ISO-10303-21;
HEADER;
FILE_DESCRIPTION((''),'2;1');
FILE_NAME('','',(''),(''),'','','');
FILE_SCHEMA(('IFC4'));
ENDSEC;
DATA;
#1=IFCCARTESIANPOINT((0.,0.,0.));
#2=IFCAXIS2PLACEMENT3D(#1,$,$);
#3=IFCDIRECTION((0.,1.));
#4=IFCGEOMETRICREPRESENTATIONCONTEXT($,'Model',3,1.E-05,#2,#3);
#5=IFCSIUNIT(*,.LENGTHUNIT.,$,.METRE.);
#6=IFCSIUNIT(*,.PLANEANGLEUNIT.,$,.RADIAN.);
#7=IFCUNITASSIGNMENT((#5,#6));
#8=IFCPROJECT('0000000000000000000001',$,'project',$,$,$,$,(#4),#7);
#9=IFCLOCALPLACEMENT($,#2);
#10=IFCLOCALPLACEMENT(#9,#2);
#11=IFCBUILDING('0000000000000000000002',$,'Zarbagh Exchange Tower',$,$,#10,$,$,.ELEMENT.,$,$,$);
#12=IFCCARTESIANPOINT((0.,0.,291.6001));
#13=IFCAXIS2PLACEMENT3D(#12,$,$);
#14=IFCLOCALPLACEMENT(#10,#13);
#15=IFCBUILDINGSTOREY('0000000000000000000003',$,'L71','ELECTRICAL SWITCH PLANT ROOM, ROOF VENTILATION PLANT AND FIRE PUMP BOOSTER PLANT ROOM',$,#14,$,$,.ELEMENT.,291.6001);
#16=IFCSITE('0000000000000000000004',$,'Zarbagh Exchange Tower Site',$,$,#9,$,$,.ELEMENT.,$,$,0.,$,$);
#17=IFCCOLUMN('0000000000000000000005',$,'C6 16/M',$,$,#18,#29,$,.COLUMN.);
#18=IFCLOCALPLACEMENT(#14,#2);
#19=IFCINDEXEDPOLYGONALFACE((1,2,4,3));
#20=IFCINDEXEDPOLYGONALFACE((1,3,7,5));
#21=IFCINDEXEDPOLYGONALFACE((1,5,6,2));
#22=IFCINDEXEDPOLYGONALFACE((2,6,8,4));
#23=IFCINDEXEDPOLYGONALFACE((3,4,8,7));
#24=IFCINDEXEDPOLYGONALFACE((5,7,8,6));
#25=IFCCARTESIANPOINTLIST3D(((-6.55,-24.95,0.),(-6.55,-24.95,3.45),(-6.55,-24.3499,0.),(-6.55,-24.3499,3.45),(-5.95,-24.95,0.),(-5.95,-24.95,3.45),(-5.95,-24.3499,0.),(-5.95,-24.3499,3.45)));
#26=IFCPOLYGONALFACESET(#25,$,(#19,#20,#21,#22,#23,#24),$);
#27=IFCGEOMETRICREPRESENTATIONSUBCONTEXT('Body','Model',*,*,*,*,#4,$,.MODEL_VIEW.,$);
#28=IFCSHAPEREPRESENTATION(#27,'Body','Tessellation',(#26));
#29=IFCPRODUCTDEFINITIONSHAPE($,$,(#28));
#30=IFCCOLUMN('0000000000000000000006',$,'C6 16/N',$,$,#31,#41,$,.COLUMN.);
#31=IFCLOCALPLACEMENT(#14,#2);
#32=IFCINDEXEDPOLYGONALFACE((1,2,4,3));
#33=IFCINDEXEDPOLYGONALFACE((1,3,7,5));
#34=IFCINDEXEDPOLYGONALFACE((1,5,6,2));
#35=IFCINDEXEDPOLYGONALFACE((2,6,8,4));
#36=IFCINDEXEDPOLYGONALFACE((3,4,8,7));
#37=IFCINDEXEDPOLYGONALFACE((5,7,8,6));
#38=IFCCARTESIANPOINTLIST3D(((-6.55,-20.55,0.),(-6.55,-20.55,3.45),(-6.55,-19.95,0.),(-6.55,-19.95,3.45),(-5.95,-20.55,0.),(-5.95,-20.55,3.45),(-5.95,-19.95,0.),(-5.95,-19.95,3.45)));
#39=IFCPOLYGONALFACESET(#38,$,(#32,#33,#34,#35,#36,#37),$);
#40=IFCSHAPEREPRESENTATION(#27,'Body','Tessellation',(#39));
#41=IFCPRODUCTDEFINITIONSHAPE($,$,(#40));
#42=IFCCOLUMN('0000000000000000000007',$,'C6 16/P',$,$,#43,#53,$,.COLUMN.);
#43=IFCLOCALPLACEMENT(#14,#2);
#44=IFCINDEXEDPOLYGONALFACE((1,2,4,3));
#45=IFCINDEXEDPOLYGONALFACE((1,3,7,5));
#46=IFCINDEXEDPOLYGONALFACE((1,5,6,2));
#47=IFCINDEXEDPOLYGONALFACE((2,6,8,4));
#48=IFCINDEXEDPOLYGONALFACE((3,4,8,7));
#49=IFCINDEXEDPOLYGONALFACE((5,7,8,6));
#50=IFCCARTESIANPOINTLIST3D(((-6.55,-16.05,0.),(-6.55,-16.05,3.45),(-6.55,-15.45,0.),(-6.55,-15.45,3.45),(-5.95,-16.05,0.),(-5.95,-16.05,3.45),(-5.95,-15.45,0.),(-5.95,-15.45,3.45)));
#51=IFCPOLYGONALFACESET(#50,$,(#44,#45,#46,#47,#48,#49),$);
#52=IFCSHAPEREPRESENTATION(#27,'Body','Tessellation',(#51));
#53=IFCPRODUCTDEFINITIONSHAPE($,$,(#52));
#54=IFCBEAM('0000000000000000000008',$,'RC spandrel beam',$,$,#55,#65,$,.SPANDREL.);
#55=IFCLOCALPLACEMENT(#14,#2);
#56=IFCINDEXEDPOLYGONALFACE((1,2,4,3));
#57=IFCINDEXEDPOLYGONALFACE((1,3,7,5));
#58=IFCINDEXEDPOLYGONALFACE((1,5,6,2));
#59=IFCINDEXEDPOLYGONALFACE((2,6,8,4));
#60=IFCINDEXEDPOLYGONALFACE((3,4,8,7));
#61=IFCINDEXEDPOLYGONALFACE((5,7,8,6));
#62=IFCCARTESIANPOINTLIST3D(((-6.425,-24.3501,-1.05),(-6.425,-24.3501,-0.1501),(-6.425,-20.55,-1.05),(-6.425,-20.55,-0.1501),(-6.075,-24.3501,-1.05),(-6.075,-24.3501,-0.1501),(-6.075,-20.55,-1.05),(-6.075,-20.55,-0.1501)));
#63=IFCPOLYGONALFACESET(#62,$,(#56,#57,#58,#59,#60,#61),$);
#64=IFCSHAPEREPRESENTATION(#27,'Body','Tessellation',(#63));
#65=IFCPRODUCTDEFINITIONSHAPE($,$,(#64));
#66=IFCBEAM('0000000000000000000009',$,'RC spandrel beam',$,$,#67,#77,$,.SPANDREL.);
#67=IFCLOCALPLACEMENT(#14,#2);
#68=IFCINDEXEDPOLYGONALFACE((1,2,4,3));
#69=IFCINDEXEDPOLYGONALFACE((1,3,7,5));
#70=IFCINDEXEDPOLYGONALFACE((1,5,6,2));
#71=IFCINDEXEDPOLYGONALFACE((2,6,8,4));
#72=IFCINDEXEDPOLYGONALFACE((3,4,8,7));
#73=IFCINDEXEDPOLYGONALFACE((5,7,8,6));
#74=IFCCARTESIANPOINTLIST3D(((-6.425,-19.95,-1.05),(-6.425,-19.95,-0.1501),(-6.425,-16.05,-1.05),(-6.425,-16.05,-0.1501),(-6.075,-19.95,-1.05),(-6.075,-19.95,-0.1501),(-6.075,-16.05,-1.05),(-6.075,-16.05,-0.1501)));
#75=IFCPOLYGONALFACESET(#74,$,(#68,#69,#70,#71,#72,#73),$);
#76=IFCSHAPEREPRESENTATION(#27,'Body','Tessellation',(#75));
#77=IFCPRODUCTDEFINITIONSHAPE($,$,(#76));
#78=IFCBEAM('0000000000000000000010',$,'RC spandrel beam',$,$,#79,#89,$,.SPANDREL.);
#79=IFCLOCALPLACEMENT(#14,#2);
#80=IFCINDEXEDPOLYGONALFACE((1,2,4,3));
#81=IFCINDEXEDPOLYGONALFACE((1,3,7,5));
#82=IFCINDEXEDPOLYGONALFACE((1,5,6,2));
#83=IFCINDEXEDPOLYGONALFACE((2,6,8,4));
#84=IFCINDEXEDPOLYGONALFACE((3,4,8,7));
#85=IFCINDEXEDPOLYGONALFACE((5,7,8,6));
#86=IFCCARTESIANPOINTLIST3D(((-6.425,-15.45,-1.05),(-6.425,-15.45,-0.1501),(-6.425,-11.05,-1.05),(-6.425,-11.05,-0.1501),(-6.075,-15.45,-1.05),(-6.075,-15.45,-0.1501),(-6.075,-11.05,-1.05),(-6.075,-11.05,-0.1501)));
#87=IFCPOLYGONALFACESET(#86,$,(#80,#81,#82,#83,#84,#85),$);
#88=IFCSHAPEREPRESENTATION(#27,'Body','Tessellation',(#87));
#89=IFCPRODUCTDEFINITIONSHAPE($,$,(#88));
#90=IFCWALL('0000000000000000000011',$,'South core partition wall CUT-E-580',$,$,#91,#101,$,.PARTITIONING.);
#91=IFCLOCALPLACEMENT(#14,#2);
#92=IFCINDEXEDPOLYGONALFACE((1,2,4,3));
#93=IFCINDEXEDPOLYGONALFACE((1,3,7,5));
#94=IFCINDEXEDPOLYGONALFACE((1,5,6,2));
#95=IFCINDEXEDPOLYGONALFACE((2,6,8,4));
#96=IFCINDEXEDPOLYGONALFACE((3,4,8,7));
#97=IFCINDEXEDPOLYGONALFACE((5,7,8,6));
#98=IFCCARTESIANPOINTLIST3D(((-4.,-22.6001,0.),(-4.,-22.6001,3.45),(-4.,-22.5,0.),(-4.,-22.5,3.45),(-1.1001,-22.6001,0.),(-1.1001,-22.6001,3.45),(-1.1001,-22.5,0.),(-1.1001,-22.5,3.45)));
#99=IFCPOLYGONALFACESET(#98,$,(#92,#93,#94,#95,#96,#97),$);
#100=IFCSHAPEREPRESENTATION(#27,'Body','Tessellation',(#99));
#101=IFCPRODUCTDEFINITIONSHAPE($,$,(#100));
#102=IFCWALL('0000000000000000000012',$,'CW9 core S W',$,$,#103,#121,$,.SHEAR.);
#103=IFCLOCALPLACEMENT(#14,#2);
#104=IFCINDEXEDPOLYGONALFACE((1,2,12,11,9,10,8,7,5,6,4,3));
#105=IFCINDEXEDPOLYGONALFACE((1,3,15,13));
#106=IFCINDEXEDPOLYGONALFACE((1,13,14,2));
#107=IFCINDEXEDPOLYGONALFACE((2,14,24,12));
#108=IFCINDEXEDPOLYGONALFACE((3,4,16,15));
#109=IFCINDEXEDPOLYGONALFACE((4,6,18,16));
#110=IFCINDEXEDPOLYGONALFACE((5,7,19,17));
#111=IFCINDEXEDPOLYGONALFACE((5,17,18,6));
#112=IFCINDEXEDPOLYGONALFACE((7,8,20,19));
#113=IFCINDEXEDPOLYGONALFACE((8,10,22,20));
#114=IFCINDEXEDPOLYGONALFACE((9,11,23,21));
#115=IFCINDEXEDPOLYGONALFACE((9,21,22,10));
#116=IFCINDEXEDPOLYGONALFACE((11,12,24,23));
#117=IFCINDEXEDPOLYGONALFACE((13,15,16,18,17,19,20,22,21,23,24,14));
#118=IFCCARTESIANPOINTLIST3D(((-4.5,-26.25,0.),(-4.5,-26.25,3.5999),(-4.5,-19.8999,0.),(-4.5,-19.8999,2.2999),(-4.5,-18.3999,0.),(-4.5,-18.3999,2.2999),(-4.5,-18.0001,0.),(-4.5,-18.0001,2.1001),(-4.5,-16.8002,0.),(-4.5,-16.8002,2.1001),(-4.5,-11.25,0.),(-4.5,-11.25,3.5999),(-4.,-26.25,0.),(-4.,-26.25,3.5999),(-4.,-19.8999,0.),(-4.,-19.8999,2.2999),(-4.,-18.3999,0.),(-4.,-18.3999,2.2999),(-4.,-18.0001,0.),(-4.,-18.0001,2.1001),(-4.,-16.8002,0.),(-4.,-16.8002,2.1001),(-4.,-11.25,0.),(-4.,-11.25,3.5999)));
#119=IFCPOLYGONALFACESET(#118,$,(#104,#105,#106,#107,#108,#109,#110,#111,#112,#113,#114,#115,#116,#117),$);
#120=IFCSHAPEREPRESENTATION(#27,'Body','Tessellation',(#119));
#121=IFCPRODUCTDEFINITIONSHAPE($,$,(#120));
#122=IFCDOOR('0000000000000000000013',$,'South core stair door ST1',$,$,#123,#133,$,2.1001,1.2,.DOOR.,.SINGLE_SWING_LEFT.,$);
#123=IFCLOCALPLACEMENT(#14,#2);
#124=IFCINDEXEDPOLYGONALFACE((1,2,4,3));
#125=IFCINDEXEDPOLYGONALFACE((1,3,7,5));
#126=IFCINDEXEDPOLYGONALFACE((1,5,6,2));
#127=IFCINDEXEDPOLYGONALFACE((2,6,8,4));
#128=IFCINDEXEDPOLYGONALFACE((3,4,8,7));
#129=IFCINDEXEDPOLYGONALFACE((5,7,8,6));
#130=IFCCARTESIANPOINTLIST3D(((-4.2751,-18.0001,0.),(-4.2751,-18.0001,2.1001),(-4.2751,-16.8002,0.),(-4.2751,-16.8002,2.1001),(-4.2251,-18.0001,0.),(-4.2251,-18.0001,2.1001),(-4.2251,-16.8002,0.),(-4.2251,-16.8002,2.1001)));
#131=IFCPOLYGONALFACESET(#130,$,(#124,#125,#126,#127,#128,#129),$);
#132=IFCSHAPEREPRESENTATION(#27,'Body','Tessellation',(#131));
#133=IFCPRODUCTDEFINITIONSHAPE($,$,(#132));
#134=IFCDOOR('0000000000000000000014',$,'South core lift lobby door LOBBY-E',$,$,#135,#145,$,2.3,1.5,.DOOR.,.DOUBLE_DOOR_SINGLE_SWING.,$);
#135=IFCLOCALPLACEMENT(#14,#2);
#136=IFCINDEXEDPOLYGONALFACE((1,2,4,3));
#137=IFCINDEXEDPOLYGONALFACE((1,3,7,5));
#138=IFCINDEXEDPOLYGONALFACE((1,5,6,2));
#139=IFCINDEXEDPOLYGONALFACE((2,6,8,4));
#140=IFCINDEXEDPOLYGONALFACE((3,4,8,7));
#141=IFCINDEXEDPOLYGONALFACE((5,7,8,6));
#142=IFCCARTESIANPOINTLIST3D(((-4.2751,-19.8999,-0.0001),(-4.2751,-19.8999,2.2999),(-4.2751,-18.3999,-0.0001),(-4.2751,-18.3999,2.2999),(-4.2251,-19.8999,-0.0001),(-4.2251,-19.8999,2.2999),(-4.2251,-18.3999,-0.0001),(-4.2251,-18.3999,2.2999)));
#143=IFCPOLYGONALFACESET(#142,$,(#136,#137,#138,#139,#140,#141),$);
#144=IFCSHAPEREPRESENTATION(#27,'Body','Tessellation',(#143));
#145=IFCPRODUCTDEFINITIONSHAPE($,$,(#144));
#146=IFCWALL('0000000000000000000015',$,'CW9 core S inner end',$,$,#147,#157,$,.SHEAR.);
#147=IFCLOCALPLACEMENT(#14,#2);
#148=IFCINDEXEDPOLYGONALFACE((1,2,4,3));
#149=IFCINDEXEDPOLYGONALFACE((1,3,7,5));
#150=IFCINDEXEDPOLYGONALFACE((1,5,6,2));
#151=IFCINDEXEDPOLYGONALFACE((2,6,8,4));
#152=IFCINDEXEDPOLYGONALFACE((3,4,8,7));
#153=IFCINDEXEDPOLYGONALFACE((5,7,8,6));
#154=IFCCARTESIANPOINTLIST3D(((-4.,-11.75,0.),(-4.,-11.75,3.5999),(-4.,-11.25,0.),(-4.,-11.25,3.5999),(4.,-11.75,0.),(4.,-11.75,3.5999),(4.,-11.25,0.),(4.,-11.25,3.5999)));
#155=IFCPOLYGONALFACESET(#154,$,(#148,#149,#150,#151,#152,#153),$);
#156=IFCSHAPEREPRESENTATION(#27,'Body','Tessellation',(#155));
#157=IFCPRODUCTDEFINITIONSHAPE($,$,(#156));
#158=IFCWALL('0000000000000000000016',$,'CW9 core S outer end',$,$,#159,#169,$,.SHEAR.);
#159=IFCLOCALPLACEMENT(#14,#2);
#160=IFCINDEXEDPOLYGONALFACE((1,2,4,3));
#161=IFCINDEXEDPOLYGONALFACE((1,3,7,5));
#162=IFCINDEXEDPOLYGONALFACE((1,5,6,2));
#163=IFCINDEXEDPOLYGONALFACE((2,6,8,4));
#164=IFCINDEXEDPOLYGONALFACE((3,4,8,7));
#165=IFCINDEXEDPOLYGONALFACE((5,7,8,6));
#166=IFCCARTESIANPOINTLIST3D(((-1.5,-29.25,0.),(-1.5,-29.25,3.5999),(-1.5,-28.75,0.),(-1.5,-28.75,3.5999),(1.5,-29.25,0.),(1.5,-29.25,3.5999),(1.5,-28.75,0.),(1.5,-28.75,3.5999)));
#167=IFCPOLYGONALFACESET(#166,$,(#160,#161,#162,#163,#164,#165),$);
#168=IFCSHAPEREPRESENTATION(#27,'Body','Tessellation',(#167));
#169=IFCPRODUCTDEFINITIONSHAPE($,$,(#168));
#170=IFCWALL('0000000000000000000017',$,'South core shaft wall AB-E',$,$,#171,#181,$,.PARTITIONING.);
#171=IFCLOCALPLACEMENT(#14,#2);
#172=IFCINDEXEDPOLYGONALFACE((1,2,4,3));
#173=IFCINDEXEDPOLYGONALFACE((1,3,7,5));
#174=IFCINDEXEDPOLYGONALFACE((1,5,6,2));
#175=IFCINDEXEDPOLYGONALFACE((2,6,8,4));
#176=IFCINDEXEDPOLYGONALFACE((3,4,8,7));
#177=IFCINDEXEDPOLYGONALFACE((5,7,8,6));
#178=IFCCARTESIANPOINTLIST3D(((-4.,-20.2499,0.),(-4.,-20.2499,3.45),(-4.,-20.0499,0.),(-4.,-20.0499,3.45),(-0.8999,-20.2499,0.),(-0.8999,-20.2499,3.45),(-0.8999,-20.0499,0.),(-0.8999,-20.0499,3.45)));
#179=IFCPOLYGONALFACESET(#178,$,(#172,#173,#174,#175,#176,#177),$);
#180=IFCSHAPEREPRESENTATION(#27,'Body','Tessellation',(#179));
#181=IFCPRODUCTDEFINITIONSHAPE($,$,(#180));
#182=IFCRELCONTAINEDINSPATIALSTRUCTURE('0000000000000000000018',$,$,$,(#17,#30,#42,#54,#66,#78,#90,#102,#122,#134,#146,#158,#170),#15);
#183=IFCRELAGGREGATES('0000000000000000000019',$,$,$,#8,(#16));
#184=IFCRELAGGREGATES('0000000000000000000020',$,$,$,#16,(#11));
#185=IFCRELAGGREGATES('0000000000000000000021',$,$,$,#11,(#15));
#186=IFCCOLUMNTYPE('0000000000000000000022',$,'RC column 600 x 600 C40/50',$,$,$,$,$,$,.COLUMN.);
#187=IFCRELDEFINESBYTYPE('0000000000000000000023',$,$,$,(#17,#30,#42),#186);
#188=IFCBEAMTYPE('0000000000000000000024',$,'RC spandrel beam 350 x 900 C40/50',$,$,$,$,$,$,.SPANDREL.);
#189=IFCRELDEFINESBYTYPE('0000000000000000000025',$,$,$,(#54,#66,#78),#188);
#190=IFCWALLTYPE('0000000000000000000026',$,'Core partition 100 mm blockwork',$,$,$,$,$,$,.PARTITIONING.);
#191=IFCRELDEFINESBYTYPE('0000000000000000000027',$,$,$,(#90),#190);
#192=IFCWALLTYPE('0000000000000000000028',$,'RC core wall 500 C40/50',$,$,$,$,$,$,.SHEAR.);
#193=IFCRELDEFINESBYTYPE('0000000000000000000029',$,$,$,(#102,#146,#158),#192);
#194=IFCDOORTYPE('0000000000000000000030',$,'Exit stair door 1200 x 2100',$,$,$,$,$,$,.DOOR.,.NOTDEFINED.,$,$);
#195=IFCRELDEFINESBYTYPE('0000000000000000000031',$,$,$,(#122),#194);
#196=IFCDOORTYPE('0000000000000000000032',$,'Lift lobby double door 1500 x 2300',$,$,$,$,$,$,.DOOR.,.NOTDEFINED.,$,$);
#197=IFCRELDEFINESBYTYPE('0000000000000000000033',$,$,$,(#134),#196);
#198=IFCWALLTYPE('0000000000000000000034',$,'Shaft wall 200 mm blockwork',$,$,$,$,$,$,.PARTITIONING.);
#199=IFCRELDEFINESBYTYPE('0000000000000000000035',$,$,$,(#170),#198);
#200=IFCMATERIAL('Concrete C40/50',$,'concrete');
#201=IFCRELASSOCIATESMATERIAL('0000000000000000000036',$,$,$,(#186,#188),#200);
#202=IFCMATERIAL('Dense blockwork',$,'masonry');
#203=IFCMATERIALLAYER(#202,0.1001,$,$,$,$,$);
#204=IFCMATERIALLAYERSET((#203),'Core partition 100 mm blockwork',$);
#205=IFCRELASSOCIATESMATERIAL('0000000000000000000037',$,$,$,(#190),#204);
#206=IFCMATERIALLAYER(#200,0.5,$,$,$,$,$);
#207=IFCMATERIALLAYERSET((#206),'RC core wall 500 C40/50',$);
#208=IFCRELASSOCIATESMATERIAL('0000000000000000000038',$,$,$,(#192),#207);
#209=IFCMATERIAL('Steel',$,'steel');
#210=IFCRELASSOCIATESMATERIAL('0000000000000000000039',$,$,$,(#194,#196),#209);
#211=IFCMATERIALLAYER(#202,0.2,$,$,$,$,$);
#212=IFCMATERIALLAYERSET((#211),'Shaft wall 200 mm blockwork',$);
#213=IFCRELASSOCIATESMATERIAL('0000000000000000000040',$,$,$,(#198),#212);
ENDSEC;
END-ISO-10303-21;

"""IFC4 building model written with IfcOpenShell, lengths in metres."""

from ifc_helpers import new_model, si_unit, direction, frame, frame_2d, origin, origin_2d, place, context, subcontext, project, spatial, rectangle, extrude, material, layer, layer_set, material_profile, profile_set, type_object, element, fill, save


model = new_model("IFC4")

# Units and contexts
model_context = context("Model", 3, precision=1e-05, world=origin(), true_north=direction((0.0, 1.0)))
body_context = subcontext(model_context, "Body", "Model", "MODEL_VIEW")
ifc_project = project(units=[si_unit("LENGTHUNIT", "METRE"), si_unit("PLANEANGLEUNIT", "RADIAN")], contexts=[model_context])

# Site, building, storey
site_placement = place(None, origin())
site = spatial("IfcSite", under=ifc_project, at=site_placement, Name="Zarbagh Exchange Tower Site", CompositionType="ELEMENT", RefElevation=0.0)
building_placement = place(site_placement, origin())
building = spatial("IfcBuilding", under=site, at=building_placement, Name="Zarbagh Exchange Tower", CompositionType="ELEMENT")
storey_placement = place(building_placement, frame((0.0, 0.0, 291.6001)))
storey = spatial("IfcBuildingStorey", under=building, at=storey_placement, Name="L71", Description="ELECTRICAL SWITCH PLANT ROOM, ROOF VENTILATION PLANT AND FIRE PUMP BOOSTER PLANT ROOM", CompositionType="ELEMENT", Elevation=291.6001)

# Columns
ifc_material_1 = material(Name="Concrete C40/50", Category="concrete")
ifc_material_profile_1 = material_profile(ifc_material_1, rectangle(XDim=0.6001, YDim=0.6001, at=origin_2d()), Name="RC column 600 x 600 C40/50")
ifc_profile_set_1 = profile_set([ifc_material_profile_1], Name="Concrete C40/50")
column_type = type_object("IfcColumnType", Name="RC column 600 x 600 C40/50", PredefinedType="COLUMN", material=ifc_profile_set_1)
for number, where, z_axis, x_axis, name in (
    (1, (-6.25, -24.6499, 0.0), (0.0, 0.0, 1.0), (1.0, 0.0, 0.0), "C6 16/M"),
    (2, (-6.25, -20.25, 0.0), (0.0, 0.0, 1.0), (1.0, 0.0, 0.0), "C6 16/N"),
    (3, (-6.25, -15.75, 0.0), (0.0, 0.0, 1.0), (1.0, 0.0, 0.0), "C6 16/P"),
):
    element("IfcColumn", number, at=place(storey_placement, frame(where, z_axis=z_axis, x_axis=x_axis)), inside=storey, type_object=column_type, Name=name, PredefinedType="COLUMN", context=body_context, shape_type="SweptSolid", body=[
        extrude(rectangle(XDim=0.6001, YDim=0.6001, at=origin_2d()), origin(), (0.0, 0.0, 1.0), 3.45),
    ])

# Beams
ifc_material_profile_2 = material_profile(ifc_material_1, rectangle(XDim=0.3501, YDim=0.8999, at=origin_2d()), Name="RC spandrel beam 350 x 900 C40/50")
ifc_profile_set_2 = profile_set([ifc_material_profile_2], Name="Concrete C40/50")
beam_type = type_object("IfcBeamType", Name="RC spandrel beam 350 x 900 C40/50", PredefinedType="SPANDREL", material=ifc_profile_set_2)
beam_1_placement = place(storey_placement, frame((-6.25, -24.3501, -0.6001), z_axis=(0.0, 1.0, 0.0), x_axis=(-1.0, 0.0, 0.0)))
element("IfcBeam", 4, at=beam_1_placement, inside=storey, type_object=beam_type, Name="RC spandrel beam", PredefinedType="SPANDREL", context=body_context, shape_type="SweptSolid", body=[
    extrude(rectangle(XDim=0.3501, YDim=0.8999, at=origin_2d()), origin(), (0.0, 0.0, 1.0), 3.8),
])
beam_2_placement = place(storey_placement, frame((-6.25, -19.95, -0.6001), z_axis=(0.0, 1.0, 0.0), x_axis=(-1.0, 0.0, 0.0)))
element("IfcBeam", 5, at=beam_2_placement, inside=storey, type_object=beam_type, Name="RC spandrel beam", PredefinedType="SPANDREL", context=body_context, shape_type="SweptSolid", body=[
    extrude(rectangle(XDim=0.3501, YDim=0.8999, at=origin_2d()), origin(), (0.0, 0.0, 1.0), 3.8999),
])
beam_3_placement = place(storey_placement, frame((-6.25, -15.45, -0.6001), z_axis=(0.0, 1.0, 0.0), x_axis=(-1.0, 0.0, 0.0)))
element("IfcBeam", 6, at=beam_3_placement, inside=storey, type_object=beam_type, Name="RC spandrel beam", PredefinedType="SPANDREL", context=body_context, shape_type="SweptSolid", body=[
    extrude(rectangle(XDim=0.3501, YDim=0.8999, at=origin_2d()), origin(), (0.0, 0.0, 1.0), 4.3999),
])

# Wall
ifc_material_2 = material(Name="Dense blockwork", Category="masonry")
ifc_layer_1 = layer(ifc_material_2, 0.1001)
ifc_layer_set_1 = layer_set([ifc_layer_1], Name="Core partition 100 mm blockwork")
wall_type_1 = type_object("IfcWallType", Name="Core partition 100 mm blockwork", PredefinedType="PARTITIONING", material=ifc_layer_set_1)
wall_1_placement = place(storey_placement, frame((-1.1001, -22.55, 0.0), z_axis=(0.0, 0.0, 1.0), x_axis=(-1.0, 0.0, 0.0)))
element("IfcWall", 7, at=wall_1_placement, inside=storey, type_object=wall_type_1, Name="South core partition wall CUT-E-580", PredefinedType="PARTITIONING", context=body_context, shape_type="SweptSolid", body=[
    extrude(rectangle(XDim=2.8999, YDim=0.1001, at=frame_2d((1.45, 0.0))), origin(), (0.0, 0.0, 1.0), 3.45),
])

# Wall, openings, doors
ifc_layer_2 = layer(ifc_material_1, 0.5)
ifc_layer_set_2 = layer_set([ifc_layer_2], Name="RC core wall 500 C40/50")
wall_type_2 = type_object("IfcWallType", Name="RC core wall 500 C40/50", PredefinedType="SHEAR", material=ifc_layer_set_2)
wall_2_placement = place(storey_placement, frame((-4.25, -11.25, 0.0), z_axis=(0.0, 0.0, 1.0), x_axis=(0.0, -1.0, 0.0)))
wall_2 = element("IfcWall", 8, at=wall_2_placement, inside=storey, type_object=wall_type_2, Name="CW9 core S W", PredefinedType="SHEAR", context=body_context, shape_type="SweptSolid", body=[
    extrude(rectangle(XDim=15.0, YDim=0.5, at=frame_2d((7.5, 0.0))), origin(), (0.0, 0.0, 1.0), 3.5999),
])
opening_1_placement = place(wall_2_placement, frame((7.1499, 0.0, 0.0)))
opening_1 = element("IfcOpeningElement", 9, at=opening_1_placement, cuts=wall_2, PredefinedType="OPENING", context=body_context, shape_type="SweptSolid", body=[
    extrude(rectangle(XDim=1.5, YDim=2.3, at=frame_2d((0.75, 1.1499))), frame((0.0, 0.26, 0.0), z_axis=(0.0, -1.0, 0.0), x_axis=(1.0, 0.0, 0.0)), (0.0, 0.0, 1.0), 0.52),
])
opening_2_placement = place(wall_2_placement, frame((5.55, 0.0, 0.0)))
opening_2 = element("IfcOpeningElement", 10, at=opening_2_placement, cuts=wall_2, PredefinedType="OPENING", context=body_context, shape_type="SweptSolid", body=[
    extrude(rectangle(XDim=1.2, YDim=2.1001, at=frame_2d((0.6001, 1.05))), frame((0.0, 0.26, 0.0), z_axis=(0.0, -1.0, 0.0), x_axis=(1.0, 0.0, 0.0)), (0.0, 0.0, 1.0), 0.52),
])
ifc_material_3 = material(Name="Steel", Category="steel")
door_type_1 = type_object("IfcDoorType", Name="Exit stair door 1200 x 2100", OperationType="NOTDEFINED", PredefinedType="DOOR", material=ifc_material_3)
door_1_placement = place(opening_2_placement, origin())
door_1 = element("IfcDoor", 11, at=door_1_placement, inside=storey, type_object=door_type_1, Name="South core stair door ST1", OperationType="SINGLE_SWING_LEFT", OverallHeight=2.1001, OverallWidth=1.2, PredefinedType="DOOR", context=body_context, shape_type="SweptSolid", body=[
    extrude(rectangle(XDim=1.2, YDim=2.1001, at=frame_2d((0.6001, 1.05))), frame((0.0, 0.0249, 0.0), z_axis=(0.0, -1.0, 0.0), x_axis=(1.0, 0.0, 0.0)), (0.0, 0.0, 1.0), 0.05),
])
fill(opening_2, door_1)
door_type_2 = type_object("IfcDoorType", Name="Lift lobby double door 1500 x 2300", OperationType="NOTDEFINED", PredefinedType="DOOR", material=ifc_material_3)
door_2_placement = place(opening_1_placement, origin())
door_2 = element("IfcDoor", 12, at=door_2_placement, inside=storey, type_object=door_type_2, Name="South core lift lobby door LOBBY-E", OperationType="DOUBLE_DOOR_SINGLE_SWING", OverallHeight=2.3, OverallWidth=1.5, PredefinedType="DOOR", context=body_context, shape_type="SweptSolid", body=[
    extrude(rectangle(XDim=1.5, YDim=2.3, at=frame_2d((0.75, 1.1499))), frame((0.0, 0.0249, 0.0), z_axis=(0.0, -1.0, 0.0), x_axis=(1.0, 0.0, 0.0)), (0.0, 0.0, 1.0), 0.05),
])
fill(opening_1, door_2)

# Walls
wall_3_placement = place(storey_placement, frame((-4.0, -11.5, 0.0), z_axis=(0.0, 0.0, 1.0), x_axis=(1.0, 0.0, 0.0)))
element("IfcWall", 13, at=wall_3_placement, inside=storey, type_object=wall_type_2, Name="CW9 core S inner end", PredefinedType="SHEAR", context=body_context, shape_type="SweptSolid", body=[
    extrude(rectangle(XDim=8.0, YDim=0.5, at=frame_2d((4.0, 0.0))), origin(), (0.0, 0.0, 1.0), 3.5999),
])
wall_4_placement = place(storey_placement, frame((-1.5, -29.0, 0.0), z_axis=(0.0, 0.0, 1.0), x_axis=(1.0, 0.0, 0.0)))
element("IfcWall", 14, at=wall_4_placement, inside=storey, type_object=wall_type_2, Name="CW9 core S outer end", PredefinedType="SHEAR", context=body_context, shape_type="SweptSolid", body=[
    extrude(rectangle(XDim=3.0, YDim=0.5, at=frame_2d((1.5, 0.0))), origin(), (0.0, 0.0, 1.0), 3.5999),
])
ifc_layer_3 = layer(ifc_material_2, 0.2)
ifc_layer_set_3 = layer_set([ifc_layer_3], Name="Shaft wall 200 mm blockwork")
wall_type_3 = type_object("IfcWallType", Name="Shaft wall 200 mm blockwork", PredefinedType="PARTITIONING", material=ifc_layer_set_3)
wall_5_placement = place(storey_placement, frame((-0.8999, -20.1499, 0.0), z_axis=(0.0, 0.0, 1.0), x_axis=(-1.0, 0.0, 0.0)))
element("IfcWall", 15, at=wall_5_placement, inside=storey, type_object=wall_type_3, Name="South core shaft wall AB-E", PredefinedType="PARTITIONING", context=body_context, shape_type="SweptSolid", body=[
    extrude(rectangle(XDim=3.1001, YDim=0.2, at=frame_2d((1.55, 0.0))), origin(), (0.0, 0.0, 1.0), 3.45),
])

save(model, "model.ifc")
